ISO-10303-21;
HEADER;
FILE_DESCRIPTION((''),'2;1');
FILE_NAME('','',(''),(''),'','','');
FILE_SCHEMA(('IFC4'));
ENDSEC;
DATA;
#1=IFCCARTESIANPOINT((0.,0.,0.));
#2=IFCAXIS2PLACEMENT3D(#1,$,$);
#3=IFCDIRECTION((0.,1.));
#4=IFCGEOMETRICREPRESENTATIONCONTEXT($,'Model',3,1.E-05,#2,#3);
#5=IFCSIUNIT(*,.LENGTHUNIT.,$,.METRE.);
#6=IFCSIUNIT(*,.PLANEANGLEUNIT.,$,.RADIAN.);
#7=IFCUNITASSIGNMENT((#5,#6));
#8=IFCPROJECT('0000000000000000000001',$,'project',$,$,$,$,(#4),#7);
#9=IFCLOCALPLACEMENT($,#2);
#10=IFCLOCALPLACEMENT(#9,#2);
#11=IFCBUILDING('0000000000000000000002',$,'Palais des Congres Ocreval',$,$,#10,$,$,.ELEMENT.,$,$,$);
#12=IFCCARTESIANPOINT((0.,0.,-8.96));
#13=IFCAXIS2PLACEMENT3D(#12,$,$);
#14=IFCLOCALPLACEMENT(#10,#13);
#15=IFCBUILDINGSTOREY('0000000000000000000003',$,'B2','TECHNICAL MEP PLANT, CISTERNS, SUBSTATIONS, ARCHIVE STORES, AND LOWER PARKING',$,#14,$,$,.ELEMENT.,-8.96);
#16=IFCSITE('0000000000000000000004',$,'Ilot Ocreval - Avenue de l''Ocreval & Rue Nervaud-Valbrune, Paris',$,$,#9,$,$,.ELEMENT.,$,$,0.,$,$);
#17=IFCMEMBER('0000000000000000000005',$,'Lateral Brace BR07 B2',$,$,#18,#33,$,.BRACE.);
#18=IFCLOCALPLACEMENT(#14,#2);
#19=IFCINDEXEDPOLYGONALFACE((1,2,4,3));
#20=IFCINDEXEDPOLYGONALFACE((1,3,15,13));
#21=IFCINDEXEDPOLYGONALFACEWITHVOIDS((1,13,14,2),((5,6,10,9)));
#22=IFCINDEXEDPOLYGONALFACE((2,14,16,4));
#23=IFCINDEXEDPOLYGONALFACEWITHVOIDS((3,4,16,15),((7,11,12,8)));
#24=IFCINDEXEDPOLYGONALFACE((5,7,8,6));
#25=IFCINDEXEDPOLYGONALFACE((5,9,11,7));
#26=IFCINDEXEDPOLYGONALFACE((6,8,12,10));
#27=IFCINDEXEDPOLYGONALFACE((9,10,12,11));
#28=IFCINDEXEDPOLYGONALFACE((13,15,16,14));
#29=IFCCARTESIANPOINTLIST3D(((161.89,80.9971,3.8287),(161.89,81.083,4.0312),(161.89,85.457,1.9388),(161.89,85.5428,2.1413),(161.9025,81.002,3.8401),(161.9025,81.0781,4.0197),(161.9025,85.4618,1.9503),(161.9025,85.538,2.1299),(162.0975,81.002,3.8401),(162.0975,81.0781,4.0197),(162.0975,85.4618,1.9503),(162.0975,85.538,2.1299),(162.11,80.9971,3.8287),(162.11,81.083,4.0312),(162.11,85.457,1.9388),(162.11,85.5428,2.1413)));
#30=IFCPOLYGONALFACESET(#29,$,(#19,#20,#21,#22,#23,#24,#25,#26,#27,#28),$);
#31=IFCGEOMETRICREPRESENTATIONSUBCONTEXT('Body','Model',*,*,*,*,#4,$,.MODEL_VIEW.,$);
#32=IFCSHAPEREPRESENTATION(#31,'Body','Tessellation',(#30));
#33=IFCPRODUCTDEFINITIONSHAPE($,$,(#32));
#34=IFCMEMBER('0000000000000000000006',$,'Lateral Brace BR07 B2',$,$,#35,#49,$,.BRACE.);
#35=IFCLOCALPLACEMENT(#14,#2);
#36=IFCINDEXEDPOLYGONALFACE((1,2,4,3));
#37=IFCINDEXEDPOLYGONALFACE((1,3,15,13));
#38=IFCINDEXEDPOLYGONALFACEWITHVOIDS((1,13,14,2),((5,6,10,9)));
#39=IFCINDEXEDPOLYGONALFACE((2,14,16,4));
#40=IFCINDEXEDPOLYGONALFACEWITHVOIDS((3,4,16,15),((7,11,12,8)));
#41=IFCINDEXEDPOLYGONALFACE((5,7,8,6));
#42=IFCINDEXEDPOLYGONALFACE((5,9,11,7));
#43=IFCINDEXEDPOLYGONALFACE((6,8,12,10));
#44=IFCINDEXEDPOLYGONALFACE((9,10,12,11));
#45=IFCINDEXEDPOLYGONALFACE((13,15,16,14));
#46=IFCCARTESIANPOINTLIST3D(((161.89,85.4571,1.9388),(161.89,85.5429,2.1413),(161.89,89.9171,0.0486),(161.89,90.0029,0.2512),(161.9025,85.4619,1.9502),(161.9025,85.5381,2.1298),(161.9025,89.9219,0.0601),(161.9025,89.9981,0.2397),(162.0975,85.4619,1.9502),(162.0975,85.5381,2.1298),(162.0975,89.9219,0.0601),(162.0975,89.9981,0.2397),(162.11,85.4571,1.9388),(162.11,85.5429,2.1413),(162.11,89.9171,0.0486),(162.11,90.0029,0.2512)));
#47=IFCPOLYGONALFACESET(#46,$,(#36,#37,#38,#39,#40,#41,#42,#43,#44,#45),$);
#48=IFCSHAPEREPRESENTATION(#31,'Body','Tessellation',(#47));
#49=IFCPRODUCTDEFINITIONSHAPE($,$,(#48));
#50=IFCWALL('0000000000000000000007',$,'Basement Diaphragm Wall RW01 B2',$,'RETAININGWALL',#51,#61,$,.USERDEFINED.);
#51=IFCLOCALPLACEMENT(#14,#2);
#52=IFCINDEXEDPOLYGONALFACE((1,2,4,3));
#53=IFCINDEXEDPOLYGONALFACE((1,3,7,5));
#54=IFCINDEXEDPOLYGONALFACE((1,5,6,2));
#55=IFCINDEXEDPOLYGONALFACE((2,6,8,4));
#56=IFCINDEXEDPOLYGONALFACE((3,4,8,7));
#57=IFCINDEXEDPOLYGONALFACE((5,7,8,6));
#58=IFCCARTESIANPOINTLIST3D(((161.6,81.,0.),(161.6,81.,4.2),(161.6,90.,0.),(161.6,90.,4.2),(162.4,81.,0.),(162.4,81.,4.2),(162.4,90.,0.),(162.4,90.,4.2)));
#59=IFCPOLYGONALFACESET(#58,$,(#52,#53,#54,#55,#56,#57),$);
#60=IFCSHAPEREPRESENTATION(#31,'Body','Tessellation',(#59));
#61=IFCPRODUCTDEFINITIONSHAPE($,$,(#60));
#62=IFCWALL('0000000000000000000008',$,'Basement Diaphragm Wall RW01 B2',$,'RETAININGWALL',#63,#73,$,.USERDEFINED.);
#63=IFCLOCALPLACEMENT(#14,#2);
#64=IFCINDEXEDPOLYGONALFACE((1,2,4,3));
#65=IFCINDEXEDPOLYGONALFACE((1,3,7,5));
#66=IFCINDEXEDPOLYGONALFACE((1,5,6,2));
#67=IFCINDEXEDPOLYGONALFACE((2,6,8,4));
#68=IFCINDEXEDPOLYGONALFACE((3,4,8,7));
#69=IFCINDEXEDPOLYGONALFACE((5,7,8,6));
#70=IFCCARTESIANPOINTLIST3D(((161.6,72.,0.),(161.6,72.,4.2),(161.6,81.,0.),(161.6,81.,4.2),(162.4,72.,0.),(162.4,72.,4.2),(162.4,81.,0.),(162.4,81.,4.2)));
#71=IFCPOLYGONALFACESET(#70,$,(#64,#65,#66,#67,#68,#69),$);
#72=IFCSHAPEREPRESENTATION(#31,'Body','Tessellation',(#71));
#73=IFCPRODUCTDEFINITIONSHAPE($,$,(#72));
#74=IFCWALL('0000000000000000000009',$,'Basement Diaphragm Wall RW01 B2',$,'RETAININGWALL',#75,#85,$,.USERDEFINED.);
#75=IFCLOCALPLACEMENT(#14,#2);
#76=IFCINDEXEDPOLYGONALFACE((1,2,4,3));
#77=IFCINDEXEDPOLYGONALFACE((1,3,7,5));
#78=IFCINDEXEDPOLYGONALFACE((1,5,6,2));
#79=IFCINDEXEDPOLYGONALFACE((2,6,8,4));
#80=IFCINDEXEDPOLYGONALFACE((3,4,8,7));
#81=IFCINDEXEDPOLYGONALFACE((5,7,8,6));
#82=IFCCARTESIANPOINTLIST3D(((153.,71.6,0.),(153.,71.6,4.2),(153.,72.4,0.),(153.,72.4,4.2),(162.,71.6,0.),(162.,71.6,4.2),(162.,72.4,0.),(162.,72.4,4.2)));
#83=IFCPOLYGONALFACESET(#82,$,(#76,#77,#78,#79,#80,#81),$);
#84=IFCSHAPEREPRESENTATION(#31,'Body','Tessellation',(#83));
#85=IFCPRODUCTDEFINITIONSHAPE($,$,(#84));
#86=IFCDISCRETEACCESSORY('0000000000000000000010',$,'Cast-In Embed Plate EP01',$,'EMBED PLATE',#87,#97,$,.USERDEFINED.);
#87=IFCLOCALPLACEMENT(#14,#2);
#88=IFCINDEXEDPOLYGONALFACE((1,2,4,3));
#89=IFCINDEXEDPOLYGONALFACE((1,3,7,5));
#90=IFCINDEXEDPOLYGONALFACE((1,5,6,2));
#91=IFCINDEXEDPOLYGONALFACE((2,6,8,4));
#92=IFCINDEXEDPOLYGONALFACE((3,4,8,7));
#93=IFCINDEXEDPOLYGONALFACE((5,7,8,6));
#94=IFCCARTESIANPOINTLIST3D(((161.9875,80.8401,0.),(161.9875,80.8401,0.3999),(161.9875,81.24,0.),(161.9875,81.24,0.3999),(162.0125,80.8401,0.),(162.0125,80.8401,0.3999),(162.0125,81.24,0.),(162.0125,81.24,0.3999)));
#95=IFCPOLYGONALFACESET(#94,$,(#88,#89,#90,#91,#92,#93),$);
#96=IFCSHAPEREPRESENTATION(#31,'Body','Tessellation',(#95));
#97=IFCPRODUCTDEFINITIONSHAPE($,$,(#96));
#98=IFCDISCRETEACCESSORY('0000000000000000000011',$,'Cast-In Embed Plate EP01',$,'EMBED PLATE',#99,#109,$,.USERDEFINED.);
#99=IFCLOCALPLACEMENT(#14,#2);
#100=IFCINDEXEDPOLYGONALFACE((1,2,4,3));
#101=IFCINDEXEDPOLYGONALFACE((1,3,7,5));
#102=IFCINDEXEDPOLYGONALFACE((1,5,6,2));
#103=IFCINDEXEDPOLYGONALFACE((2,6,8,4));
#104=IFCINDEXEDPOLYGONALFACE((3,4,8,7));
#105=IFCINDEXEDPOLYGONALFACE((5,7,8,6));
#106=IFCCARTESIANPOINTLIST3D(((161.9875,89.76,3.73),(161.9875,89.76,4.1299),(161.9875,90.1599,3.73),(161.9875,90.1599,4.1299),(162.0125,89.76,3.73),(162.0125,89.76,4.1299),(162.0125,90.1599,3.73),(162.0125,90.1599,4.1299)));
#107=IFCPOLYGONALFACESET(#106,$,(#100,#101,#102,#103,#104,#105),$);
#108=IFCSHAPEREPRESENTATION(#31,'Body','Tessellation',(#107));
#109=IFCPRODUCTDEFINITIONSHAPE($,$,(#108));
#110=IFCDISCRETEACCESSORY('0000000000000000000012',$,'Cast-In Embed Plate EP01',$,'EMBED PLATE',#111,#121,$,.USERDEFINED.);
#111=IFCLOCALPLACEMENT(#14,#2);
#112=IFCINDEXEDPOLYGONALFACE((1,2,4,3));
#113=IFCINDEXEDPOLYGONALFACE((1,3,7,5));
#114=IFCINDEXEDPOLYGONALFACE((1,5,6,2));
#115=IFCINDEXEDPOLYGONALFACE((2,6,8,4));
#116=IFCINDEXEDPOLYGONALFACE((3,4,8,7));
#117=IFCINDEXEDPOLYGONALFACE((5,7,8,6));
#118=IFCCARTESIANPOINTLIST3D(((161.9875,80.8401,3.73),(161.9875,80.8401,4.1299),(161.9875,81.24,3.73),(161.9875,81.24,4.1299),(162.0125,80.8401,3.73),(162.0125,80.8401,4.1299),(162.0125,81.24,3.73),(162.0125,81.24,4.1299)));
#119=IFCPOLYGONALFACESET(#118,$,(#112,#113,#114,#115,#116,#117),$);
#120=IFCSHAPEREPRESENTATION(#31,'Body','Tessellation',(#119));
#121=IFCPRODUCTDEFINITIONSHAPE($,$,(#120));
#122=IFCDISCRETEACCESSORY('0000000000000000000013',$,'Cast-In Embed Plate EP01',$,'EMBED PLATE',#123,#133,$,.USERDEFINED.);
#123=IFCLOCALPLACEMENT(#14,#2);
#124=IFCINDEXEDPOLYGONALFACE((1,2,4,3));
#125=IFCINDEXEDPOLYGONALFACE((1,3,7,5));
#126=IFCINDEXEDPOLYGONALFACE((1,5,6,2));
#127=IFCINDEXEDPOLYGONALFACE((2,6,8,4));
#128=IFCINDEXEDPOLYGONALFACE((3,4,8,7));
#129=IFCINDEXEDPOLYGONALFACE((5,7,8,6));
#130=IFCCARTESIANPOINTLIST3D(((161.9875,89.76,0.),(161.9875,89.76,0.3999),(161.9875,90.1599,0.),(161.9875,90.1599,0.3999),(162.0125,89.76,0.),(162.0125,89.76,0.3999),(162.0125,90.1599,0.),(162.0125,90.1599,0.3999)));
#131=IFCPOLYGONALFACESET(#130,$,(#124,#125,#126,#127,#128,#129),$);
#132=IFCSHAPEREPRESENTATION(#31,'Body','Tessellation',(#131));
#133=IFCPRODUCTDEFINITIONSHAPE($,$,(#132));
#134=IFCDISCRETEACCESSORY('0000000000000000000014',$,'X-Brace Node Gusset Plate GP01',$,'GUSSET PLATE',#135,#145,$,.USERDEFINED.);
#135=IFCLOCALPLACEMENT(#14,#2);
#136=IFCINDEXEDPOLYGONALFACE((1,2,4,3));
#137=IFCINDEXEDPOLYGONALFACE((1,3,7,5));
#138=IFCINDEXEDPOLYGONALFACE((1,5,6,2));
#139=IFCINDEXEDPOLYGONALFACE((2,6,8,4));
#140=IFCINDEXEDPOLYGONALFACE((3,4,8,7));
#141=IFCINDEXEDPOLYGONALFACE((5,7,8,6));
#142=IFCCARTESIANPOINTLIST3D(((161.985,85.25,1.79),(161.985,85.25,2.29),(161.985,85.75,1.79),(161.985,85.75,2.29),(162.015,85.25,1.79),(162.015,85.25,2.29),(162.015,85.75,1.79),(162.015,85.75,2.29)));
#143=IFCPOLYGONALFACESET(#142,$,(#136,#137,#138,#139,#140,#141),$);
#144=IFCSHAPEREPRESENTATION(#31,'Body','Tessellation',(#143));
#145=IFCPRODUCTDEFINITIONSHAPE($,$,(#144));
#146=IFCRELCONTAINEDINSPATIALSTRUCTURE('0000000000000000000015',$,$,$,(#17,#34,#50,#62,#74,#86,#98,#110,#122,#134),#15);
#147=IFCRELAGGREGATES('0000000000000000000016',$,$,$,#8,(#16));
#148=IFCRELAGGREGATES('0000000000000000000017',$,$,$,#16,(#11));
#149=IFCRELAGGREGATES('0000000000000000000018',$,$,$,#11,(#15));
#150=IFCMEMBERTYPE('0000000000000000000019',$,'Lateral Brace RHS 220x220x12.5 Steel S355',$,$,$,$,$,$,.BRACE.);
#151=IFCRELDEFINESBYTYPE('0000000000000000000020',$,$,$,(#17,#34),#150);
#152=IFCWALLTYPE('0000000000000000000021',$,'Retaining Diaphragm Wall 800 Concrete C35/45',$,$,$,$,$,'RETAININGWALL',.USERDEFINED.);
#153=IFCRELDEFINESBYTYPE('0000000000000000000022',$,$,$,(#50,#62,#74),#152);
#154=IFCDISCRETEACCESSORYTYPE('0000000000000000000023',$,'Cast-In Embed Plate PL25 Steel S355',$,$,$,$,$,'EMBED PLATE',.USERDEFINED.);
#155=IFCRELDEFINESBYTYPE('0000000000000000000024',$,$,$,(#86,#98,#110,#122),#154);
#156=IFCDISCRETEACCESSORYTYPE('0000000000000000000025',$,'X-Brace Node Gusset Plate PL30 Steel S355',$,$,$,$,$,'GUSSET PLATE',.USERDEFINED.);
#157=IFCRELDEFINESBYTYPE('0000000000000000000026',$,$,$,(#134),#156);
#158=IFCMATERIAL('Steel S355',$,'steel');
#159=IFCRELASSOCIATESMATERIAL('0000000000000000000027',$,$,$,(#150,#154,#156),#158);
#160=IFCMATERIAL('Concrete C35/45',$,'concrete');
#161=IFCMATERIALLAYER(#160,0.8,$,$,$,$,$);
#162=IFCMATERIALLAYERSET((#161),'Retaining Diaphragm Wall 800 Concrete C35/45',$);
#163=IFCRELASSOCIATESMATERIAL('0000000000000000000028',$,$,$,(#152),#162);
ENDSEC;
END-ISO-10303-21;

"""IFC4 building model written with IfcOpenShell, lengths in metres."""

from ifc_helpers import new_model, si_unit, direction, frame, frame_2d, origin, origin_2d, place, context, subcontext, project, spatial, rectangle, hollow_rectangle, extrude, material, layer, layer_set, material_profile, profile_set, type_object, element, save


model = new_model("IFC4")

# Units and contexts
model_context = context("Model", 3, precision=1e-05, world=origin(), true_north=direction((0.0, 1.0)))
body_context = subcontext(model_context, "Body", "Model", "MODEL_VIEW")
ifc_project = project(units=[si_unit("LENGTHUNIT", "METRE"), si_unit("PLANEANGLEUNIT", "RADIAN")], contexts=[model_context])

# Site, building, storey
site_placement = place(None, origin())
site = spatial("IfcSite", under=ifc_project, at=site_placement, Name="Ilot Ocreval - Avenue de l'Ocreval & Rue Nervaud-Valbrune, Paris", CompositionType="ELEMENT", RefElevation=0.0)
building_placement = place(site_placement, origin())
building = spatial("IfcBuilding", under=site, at=building_placement, Name="Palais des Congres Ocreval", CompositionType="ELEMENT")
storey_placement = place(building_placement, frame((0.0, 0.0, -8.96)))
storey = spatial("IfcBuildingStorey", under=building, at=storey_placement, Name="B2", Description="TECHNICAL MEP PLANT, CISTERNS, SUBSTATIONS, ARCHIVE STORES, AND LOWER PARKING", CompositionType="ELEMENT", Elevation=-8.96)

# Shared definitions
ifc_material_1 = material(Name="Concrete C35/45", Category="concrete")

# Shared definitions
ifc_material_2 = material(Name="Steel S355", Category="steel")

# Members
ifc_material_profile_1 = material_profile(ifc_material_2, hollow_rectangle(XDim=0.22, YDim=0.22, WallThickness=0.0125, at=origin_2d()), Name="RHS 220x220x12.5")
ifc_profile_set_1 = profile_set([ifc_material_profile_1], Name="Steel S355")
member_type_1 = type_object("IfcMemberType", Name="Lateral Brace RHS 220x220x12.5 Steel S355", PredefinedType="BRACE", material=ifc_profile_set_1)
member_1_placement = place(storey_placement, frame((162.0, 81.04, 3.9299), z_axis=(0.0, 0.920746, -0.390163), x_axis=(-1.0, 0.0, 0.0)))
element("IfcMember", 1, at=member_1_placement, inside=storey, type_object=member_type_1, Name="Lateral Brace BR07 B2", PredefinedType="BRACE", context=body_context, shape_type="SweptSolid", body=[
    extrude(hollow_rectangle(XDim=0.22, YDim=0.22, WallThickness=0.0125, at=origin_2d()), origin(), (0.0, 0.0, 1.0), 4.8438),
])
member_2_placement = place(storey_placement, frame((162.0, 85.5, 2.04), z_axis=(0.0, 0.920728, -0.390206), x_axis=(-1.0, 0.0, 0.0)))
element("IfcMember", 2, at=member_2_placement, inside=storey, type_object=member_type_1, Name="Lateral Brace BR07 B2", PredefinedType="BRACE", context=body_context, shape_type="SweptSolid", body=[
    extrude(hollow_rectangle(XDim=0.22, YDim=0.22, WallThickness=0.0125, at=origin_2d()), origin(), (0.0, 0.0, 1.0), 4.844),
])

# Walls
ifc_layer = layer(ifc_material_1, 0.8)
ifc_layer_set = layer_set([ifc_layer], Name="Retaining Diaphragm Wall 800 Concrete C35/45")
wall_type = type_object("IfcWallType", Name="Retaining Diaphragm Wall 800 Concrete C35/45", ElementType="RETAININGWALL", PredefinedType="USERDEFINED", material=ifc_layer_set)
for number, where, z_axis, x_axis, name in (
    (3, (162.0, 90.0, 0.0), (0.0, 0.0, 1.0), (0.0, -1.0, 0.0), "Basement Diaphragm Wall RW01 B2"),
    (4, (162.0, 81.0, 0.0), (0.0, 0.0, 1.0), (0.0, -1.0, 0.0), "Basement Diaphragm Wall RW01 B2"),
    (5, (162.0, 72.0, 0.0), (0.0, 0.0, 1.0), (-1.0, 0.0, 0.0), "Basement Diaphragm Wall RW01 B2"),
):
    element("IfcWall", number, at=place(storey_placement, frame(where, z_axis=z_axis, x_axis=x_axis)), inside=storey, type_object=wall_type, Name=name, ObjectType="RETAININGWALL", PredefinedType="USERDEFINED", context=body_context, shape_type="SweptSolid", body=[
        extrude(rectangle(XDim=9.0, YDim=0.8, at=frame_2d((4.5, 0.0))), origin(), (0.0, 0.0, 1.0), 4.2),
    ])

# Discrete accessories
discrete_accessory_type_1 = type_object("IfcDiscreteAccessoryType", Name="Cast-In Embed Plate PL25 Steel S355", ElementType="EMBED PLATE", PredefinedType="USERDEFINED", material=ifc_material_2)
for number, where, z_axis, x_axis, name in (
    (6, (162.0, 81.04, 0.0), (0.0, 0.0, 1.0), (0.0, -1.0, 0.0), "Cast-In Embed Plate EP01"),
    (7, (162.0, 89.96, 3.73), (0.0, 0.0, 1.0), (0.0, -1.0, 0.0), "Cast-In Embed Plate EP01"),
    (8, (162.0, 81.04, 3.73), (0.0, 0.0, 1.0), (0.0, -1.0, 0.0), "Cast-In Embed Plate EP01"),
    (9, (162.0, 89.96, 0.0), (0.0, 0.0, 1.0), (0.0, -1.0, 0.0), "Cast-In Embed Plate EP01"),
):
    element("IfcDiscreteAccessory", number, at=place(storey_placement, frame(where, z_axis=z_axis, x_axis=x_axis)), inside=storey, type_object=discrete_accessory_type_1, Name=name, ObjectType="EMBED PLATE", PredefinedType="USERDEFINED", context=body_context, shape_type="SweptSolid", body=[
        extrude(rectangle(XDim=0.3999, YDim=0.0249, at=origin_2d()), origin(), (0.0, 0.0, 1.0), 0.3999),
    ])
discrete_accessory_type_2 = type_object("IfcDiscreteAccessoryType", Name="X-Brace Node Gusset Plate PL30 Steel S355", ElementType="GUSSET PLATE", PredefinedType="USERDEFINED", material=ifc_material_2)
discrete_accessory_placement = place(storey_placement, frame((162.0, 85.5, 1.79), z_axis=(0.0, 0.0, 1.0), x_axis=(0.0, 1.0, 0.0)))
element("IfcDiscreteAccessory", 10, at=discrete_accessory_placement, inside=storey, type_object=discrete_accessory_type_2, Name="X-Brace Node Gusset Plate GP01", ObjectType="GUSSET PLATE", PredefinedType="USERDEFINED", context=body_context, shape_type="SweptSolid", body=[
    extrude(rectangle(XDim=0.5, YDim=0.03, at=origin_2d()), origin(), (0.0, 0.0, 1.0), 0.5),
])

save(model, "model.ifc")
